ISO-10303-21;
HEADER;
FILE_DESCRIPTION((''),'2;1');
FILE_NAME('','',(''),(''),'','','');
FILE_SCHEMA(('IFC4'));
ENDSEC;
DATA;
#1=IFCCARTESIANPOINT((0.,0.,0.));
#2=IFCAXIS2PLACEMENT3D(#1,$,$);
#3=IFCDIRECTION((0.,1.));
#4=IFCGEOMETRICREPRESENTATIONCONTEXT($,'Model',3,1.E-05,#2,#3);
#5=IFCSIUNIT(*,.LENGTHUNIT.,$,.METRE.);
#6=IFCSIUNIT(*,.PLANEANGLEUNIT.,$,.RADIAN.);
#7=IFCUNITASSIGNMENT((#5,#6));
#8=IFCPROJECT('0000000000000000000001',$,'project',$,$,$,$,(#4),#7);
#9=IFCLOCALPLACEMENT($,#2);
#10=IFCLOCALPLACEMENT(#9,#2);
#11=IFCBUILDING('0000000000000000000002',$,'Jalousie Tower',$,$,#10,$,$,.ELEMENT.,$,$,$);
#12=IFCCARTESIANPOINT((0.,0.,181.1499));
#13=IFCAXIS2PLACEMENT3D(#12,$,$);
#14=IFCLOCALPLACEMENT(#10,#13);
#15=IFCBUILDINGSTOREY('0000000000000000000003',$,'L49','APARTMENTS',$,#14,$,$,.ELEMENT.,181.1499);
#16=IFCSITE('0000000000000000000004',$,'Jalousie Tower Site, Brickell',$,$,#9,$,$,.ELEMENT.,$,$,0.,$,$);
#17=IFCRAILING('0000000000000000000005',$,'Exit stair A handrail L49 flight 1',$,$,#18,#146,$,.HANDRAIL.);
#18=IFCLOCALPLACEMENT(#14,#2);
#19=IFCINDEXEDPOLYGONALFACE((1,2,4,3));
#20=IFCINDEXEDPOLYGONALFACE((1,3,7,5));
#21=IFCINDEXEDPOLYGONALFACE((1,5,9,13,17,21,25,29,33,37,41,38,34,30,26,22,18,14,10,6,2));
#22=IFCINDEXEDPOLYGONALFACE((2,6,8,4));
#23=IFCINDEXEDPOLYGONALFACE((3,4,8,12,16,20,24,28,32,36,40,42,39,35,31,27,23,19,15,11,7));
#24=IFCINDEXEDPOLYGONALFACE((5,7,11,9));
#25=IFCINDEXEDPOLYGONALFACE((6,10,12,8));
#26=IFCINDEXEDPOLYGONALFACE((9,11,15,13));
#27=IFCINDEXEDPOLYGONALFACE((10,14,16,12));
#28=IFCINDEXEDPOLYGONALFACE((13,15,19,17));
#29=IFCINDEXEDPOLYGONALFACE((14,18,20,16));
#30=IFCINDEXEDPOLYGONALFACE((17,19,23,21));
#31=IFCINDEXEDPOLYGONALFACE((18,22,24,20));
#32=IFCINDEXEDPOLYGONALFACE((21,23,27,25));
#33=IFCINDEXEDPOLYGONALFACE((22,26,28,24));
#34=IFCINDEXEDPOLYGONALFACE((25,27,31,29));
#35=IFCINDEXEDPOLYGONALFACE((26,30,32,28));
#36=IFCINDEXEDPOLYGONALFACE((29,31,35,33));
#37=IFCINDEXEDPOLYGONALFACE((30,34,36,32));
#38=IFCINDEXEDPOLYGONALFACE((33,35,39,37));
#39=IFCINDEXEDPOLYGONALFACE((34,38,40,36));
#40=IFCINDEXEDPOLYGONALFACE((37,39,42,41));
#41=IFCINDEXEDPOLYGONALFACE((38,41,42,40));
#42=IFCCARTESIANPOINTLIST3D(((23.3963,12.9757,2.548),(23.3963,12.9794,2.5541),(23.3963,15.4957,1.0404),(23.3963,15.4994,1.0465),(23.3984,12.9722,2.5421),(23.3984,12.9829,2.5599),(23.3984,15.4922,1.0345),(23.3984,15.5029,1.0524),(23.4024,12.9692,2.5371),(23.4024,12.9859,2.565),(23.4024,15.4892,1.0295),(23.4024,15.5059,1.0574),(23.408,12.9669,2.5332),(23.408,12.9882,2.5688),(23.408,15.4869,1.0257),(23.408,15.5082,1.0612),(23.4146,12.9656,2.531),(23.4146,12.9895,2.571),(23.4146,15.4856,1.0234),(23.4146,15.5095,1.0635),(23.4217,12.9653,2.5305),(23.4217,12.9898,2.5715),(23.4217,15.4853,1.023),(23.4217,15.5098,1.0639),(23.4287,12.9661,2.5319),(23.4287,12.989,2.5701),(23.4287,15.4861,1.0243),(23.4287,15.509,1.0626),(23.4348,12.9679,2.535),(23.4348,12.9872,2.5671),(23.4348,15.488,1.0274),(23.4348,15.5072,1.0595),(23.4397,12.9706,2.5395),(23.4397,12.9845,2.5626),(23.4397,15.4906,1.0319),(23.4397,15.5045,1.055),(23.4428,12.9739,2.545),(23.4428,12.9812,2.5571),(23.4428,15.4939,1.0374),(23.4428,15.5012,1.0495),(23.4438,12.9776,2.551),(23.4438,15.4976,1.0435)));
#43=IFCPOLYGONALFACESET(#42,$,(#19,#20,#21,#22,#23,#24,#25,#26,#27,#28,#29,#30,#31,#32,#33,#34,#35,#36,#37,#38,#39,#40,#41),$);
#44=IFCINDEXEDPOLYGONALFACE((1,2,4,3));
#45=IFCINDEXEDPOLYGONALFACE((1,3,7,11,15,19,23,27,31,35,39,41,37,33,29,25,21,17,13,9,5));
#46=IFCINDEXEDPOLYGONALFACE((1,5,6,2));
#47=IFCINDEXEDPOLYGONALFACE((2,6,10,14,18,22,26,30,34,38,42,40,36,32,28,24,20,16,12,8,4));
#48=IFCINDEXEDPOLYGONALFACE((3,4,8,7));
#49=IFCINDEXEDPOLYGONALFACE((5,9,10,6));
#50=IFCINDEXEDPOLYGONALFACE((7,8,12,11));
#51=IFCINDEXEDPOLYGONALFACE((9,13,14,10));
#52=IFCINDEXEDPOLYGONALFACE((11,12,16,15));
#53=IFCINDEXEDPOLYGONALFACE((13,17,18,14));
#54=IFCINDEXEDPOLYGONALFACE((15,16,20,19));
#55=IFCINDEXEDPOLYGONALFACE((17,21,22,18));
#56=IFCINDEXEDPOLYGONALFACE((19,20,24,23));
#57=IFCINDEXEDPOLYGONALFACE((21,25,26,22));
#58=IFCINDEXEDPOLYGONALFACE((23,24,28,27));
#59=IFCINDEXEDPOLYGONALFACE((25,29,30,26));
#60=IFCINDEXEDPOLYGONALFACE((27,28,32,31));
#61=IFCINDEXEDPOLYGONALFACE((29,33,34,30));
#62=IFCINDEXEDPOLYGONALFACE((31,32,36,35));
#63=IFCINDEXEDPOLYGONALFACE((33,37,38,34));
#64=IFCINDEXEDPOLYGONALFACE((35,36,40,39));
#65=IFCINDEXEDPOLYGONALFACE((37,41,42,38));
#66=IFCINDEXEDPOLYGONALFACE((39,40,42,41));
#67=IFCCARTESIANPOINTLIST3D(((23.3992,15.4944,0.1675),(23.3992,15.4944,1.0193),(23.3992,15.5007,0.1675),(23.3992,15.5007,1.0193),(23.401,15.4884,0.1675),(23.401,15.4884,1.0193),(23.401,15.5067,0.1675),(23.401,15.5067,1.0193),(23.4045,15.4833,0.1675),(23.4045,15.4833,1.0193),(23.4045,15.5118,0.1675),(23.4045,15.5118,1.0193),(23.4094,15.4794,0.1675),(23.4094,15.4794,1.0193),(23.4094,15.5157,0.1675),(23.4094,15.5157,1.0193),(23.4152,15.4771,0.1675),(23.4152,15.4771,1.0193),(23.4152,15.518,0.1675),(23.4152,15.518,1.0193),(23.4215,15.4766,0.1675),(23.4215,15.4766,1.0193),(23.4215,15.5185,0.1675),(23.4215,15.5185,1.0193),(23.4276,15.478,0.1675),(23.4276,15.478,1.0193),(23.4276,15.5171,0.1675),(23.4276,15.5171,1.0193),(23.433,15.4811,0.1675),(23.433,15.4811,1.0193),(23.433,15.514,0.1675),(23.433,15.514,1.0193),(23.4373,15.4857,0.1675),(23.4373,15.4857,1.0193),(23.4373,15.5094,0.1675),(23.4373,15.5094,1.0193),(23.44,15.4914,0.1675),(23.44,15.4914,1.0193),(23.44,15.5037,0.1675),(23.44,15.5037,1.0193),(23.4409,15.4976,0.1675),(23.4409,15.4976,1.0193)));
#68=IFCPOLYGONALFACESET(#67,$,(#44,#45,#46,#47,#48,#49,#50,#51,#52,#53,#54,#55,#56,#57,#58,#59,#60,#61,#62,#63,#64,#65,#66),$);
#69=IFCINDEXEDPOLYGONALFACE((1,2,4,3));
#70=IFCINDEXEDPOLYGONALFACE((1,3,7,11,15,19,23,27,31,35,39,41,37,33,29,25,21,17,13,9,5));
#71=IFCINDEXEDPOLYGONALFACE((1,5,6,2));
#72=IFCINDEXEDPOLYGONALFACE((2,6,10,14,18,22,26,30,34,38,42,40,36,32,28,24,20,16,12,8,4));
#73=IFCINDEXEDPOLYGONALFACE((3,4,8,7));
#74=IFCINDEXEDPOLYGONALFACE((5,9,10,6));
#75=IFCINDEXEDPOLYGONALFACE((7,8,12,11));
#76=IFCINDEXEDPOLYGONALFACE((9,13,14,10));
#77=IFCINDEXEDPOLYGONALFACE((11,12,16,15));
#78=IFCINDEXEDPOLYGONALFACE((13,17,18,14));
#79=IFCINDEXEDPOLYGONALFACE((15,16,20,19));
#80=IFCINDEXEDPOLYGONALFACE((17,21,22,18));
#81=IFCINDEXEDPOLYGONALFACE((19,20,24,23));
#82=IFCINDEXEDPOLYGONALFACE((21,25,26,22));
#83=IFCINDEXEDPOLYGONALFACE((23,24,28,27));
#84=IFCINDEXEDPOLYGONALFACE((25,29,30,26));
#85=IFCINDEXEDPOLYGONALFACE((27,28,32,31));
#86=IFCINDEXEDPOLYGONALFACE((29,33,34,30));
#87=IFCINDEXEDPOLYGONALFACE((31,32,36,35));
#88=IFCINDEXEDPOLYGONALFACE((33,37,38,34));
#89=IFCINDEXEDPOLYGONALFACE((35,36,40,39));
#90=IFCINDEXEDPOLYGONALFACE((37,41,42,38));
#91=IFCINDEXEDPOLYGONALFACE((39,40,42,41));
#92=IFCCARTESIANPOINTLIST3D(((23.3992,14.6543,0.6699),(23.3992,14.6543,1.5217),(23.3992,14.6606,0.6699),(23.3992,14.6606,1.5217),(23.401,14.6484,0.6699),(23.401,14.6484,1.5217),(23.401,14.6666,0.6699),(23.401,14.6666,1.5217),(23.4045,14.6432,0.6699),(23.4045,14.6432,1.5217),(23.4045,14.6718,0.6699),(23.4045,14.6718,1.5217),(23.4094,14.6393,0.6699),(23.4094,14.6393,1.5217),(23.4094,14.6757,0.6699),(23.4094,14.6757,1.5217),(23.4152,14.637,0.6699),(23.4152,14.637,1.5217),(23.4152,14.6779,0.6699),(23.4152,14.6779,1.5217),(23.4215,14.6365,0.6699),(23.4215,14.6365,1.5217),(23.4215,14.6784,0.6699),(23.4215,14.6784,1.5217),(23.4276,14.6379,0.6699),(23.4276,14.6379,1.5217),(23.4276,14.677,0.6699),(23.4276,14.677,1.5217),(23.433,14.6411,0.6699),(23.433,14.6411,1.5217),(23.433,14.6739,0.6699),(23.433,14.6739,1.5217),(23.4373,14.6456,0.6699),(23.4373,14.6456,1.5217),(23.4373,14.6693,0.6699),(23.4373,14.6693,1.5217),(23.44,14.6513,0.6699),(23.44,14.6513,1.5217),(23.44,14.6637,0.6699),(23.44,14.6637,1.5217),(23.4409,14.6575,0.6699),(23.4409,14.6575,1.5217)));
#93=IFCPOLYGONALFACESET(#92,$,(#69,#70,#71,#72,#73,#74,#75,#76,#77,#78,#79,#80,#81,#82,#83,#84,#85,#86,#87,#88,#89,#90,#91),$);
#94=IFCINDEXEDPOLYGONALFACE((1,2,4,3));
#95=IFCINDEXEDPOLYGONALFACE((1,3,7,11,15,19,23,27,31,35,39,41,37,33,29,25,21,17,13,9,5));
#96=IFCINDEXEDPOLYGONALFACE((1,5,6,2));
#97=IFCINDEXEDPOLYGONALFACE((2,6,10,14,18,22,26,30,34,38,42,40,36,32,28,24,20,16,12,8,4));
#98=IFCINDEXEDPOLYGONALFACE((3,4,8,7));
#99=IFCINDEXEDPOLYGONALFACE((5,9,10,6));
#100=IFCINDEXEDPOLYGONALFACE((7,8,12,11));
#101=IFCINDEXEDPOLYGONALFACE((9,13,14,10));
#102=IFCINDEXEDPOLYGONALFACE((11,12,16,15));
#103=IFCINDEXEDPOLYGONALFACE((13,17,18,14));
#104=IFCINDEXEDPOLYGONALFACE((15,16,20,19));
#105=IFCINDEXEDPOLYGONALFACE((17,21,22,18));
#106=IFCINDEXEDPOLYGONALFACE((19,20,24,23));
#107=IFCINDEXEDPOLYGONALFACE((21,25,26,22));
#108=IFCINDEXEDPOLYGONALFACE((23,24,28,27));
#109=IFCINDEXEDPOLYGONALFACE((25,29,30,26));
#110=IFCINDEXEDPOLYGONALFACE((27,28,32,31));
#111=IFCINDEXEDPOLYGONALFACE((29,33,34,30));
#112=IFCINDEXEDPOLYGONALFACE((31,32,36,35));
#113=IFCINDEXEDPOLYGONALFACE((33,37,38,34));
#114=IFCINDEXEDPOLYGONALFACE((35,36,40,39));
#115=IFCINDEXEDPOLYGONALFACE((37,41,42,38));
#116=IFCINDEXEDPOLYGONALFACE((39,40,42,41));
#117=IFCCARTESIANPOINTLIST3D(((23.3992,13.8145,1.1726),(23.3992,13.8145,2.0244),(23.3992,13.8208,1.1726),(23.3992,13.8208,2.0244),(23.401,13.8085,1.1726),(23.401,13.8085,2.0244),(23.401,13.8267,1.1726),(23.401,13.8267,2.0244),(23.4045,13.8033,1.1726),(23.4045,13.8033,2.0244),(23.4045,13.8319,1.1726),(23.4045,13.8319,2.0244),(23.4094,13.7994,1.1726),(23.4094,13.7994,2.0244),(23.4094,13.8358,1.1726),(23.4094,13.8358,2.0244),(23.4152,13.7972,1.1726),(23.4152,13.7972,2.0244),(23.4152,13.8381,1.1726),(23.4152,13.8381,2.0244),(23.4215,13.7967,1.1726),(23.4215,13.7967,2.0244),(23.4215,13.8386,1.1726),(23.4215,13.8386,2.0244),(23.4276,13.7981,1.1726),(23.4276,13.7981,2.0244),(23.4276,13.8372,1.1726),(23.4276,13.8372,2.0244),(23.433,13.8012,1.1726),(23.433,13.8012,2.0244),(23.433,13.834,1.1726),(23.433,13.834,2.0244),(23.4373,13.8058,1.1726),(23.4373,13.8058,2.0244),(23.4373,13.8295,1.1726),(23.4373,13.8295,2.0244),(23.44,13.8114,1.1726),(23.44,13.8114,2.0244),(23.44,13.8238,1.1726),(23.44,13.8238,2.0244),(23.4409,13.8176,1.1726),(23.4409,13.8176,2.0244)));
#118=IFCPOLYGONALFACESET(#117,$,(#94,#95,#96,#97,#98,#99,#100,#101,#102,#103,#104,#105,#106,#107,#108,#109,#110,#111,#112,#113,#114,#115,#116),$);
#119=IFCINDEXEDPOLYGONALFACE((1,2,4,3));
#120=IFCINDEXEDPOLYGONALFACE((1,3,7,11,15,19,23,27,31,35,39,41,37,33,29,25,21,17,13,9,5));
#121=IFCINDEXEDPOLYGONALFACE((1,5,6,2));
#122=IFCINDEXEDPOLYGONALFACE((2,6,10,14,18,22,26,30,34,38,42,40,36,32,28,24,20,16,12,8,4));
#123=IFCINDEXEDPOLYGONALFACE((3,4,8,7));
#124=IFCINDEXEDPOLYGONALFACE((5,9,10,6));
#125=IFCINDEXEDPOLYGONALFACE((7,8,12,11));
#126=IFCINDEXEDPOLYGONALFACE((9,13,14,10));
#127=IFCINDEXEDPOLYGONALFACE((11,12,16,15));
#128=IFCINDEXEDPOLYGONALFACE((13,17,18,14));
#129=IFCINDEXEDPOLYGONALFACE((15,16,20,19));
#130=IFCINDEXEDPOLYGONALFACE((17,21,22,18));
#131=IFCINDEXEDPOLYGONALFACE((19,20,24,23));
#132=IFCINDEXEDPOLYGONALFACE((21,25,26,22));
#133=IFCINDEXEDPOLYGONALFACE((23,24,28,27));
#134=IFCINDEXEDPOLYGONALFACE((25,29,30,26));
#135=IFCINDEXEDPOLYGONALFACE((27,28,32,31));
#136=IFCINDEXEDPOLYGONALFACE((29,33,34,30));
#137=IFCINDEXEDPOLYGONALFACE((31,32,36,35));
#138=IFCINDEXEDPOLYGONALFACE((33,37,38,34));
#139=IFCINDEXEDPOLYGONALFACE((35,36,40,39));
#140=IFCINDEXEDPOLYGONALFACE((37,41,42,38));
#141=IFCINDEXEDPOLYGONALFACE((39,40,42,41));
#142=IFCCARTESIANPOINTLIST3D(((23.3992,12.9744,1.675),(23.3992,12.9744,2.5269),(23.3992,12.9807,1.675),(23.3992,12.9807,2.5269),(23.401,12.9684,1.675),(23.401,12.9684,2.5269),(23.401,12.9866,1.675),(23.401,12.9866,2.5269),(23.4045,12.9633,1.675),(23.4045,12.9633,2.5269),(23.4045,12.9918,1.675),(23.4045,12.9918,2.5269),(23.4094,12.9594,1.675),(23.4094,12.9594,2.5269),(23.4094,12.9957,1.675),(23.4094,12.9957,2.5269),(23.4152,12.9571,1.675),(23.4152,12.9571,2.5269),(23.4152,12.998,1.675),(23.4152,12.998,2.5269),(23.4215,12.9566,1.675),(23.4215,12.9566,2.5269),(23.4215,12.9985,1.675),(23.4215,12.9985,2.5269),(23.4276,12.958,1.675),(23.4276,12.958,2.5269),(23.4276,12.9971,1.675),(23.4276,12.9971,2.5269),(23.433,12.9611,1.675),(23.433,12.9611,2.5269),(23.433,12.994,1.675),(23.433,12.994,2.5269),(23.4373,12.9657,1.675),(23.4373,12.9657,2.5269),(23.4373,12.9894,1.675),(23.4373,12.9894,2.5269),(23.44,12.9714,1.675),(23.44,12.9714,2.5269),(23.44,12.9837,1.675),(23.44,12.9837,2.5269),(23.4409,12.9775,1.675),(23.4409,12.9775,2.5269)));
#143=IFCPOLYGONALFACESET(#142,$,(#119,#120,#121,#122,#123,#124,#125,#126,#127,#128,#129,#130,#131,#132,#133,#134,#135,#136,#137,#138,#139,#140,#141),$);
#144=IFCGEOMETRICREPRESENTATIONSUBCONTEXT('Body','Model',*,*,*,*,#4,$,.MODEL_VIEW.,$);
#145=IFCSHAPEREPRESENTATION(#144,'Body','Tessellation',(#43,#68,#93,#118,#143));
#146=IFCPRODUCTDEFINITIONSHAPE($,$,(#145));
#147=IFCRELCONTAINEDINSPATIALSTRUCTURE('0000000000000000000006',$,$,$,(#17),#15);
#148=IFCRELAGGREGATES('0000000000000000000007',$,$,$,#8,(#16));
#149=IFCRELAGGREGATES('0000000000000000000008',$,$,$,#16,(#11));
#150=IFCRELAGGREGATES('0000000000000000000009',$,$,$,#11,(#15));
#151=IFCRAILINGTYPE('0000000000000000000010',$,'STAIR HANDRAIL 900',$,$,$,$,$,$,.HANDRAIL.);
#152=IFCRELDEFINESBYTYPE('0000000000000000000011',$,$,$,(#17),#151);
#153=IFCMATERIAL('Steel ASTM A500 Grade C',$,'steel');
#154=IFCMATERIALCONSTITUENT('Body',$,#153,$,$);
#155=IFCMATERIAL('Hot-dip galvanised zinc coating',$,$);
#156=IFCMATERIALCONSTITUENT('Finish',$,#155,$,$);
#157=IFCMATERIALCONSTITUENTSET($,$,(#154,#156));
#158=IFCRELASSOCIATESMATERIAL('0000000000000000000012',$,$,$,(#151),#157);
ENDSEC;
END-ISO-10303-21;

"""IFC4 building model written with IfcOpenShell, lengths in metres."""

from ifc_helpers import new_model, si_unit, direction, frame, origin, origin_2d, place, context, subcontext, project, spatial, circle, extrude, material, constituent, constituent_set, type_object, element, save


model = new_model("IFC4")

# Units and contexts
model_context = context("Model", 3, precision=1e-05, world=origin(), true_north=direction((0.0, 1.0)))
body_context = subcontext(model_context, "Body", "Model", "MODEL_VIEW")
ifc_project = project(units=[si_unit("LENGTHUNIT", "METRE"), si_unit("PLANEANGLEUNIT", "RADIAN")], contexts=[model_context])

# Site, building, storey
site_placement = place(None, origin())
site = spatial("IfcSite", under=ifc_project, at=site_placement, Name="Jalousie Tower Site, Brickell", CompositionType="ELEMENT", RefElevation=0.0)
building_placement = place(site_placement, origin())
building = spatial("IfcBuilding", under=site, at=building_placement, Name="Jalousie Tower", CompositionType="ELEMENT")
storey_placement = place(building_placement, frame((0.0, 0.0, 181.1499)))
storey = spatial("IfcBuildingStorey", under=building, at=storey_placement, Name="L49", Description="APARTMENTS", CompositionType="ELEMENT", Elevation=181.1499)

# Railing
ifc_material_1 = material(Name="Steel ASTM A500 Grade C", Category="steel")
ifc_constituent_1 = constituent(ifc_material_1, Name="Body")
ifc_material_2 = material(Name="Hot-dip galvanised zinc coating")
ifc_constituent_2 = constituent(ifc_material_2, Name="Finish")
ifc_constituent_set_1 = constituent_set(constituents=[ifc_constituent_1, ifc_constituent_2])
railing_type_1 = type_object("IfcRailingType", Name="STAIR HANDRAIL 900", PredefinedType="HANDRAIL", material=ifc_constituent_set_1)
railing_1_placement = place(storey_placement, frame((23.4199, 15.4976, 0.1675)))
element("IfcRailing", 1, at=railing_1_placement, inside=storey, type_object=railing_type_1, Name="Exit stair A handrail L49 flight 1", PredefinedType="HANDRAIL", context=body_context, shape_type="SweptSolid", body=[
    extrude(circle(Radius=0.0239, at=origin_2d()), frame((0.0, 0.0, 0.876), z_axis=(0.0, -0.85816, 0.513383), x_axis=(1.0, 0.0, 0.0)), (0.0, 0.0, 1.0), 2.9365),
    extrude(circle(Radius=0.021, at=origin_2d()), origin(), (0.0, 0.0, 1.0), 0.8518),
    extrude(circle(Radius=0.021, at=origin_2d()), frame((0.0, -0.8401, 0.5024)), (0.0, 0.0, 1.0), 0.8518),
    extrude(circle(Radius=0.021, at=origin_2d()), frame((0.0, -1.6799, 1.0051)), (0.0, 0.0, 1.0), 0.8518),
    extrude(circle(Radius=0.021, at=origin_2d()), frame((0.0, -2.52, 1.5076)), (0.0, 0.0, 1.0), 0.8518),
])

save(model, "model.ifc")
